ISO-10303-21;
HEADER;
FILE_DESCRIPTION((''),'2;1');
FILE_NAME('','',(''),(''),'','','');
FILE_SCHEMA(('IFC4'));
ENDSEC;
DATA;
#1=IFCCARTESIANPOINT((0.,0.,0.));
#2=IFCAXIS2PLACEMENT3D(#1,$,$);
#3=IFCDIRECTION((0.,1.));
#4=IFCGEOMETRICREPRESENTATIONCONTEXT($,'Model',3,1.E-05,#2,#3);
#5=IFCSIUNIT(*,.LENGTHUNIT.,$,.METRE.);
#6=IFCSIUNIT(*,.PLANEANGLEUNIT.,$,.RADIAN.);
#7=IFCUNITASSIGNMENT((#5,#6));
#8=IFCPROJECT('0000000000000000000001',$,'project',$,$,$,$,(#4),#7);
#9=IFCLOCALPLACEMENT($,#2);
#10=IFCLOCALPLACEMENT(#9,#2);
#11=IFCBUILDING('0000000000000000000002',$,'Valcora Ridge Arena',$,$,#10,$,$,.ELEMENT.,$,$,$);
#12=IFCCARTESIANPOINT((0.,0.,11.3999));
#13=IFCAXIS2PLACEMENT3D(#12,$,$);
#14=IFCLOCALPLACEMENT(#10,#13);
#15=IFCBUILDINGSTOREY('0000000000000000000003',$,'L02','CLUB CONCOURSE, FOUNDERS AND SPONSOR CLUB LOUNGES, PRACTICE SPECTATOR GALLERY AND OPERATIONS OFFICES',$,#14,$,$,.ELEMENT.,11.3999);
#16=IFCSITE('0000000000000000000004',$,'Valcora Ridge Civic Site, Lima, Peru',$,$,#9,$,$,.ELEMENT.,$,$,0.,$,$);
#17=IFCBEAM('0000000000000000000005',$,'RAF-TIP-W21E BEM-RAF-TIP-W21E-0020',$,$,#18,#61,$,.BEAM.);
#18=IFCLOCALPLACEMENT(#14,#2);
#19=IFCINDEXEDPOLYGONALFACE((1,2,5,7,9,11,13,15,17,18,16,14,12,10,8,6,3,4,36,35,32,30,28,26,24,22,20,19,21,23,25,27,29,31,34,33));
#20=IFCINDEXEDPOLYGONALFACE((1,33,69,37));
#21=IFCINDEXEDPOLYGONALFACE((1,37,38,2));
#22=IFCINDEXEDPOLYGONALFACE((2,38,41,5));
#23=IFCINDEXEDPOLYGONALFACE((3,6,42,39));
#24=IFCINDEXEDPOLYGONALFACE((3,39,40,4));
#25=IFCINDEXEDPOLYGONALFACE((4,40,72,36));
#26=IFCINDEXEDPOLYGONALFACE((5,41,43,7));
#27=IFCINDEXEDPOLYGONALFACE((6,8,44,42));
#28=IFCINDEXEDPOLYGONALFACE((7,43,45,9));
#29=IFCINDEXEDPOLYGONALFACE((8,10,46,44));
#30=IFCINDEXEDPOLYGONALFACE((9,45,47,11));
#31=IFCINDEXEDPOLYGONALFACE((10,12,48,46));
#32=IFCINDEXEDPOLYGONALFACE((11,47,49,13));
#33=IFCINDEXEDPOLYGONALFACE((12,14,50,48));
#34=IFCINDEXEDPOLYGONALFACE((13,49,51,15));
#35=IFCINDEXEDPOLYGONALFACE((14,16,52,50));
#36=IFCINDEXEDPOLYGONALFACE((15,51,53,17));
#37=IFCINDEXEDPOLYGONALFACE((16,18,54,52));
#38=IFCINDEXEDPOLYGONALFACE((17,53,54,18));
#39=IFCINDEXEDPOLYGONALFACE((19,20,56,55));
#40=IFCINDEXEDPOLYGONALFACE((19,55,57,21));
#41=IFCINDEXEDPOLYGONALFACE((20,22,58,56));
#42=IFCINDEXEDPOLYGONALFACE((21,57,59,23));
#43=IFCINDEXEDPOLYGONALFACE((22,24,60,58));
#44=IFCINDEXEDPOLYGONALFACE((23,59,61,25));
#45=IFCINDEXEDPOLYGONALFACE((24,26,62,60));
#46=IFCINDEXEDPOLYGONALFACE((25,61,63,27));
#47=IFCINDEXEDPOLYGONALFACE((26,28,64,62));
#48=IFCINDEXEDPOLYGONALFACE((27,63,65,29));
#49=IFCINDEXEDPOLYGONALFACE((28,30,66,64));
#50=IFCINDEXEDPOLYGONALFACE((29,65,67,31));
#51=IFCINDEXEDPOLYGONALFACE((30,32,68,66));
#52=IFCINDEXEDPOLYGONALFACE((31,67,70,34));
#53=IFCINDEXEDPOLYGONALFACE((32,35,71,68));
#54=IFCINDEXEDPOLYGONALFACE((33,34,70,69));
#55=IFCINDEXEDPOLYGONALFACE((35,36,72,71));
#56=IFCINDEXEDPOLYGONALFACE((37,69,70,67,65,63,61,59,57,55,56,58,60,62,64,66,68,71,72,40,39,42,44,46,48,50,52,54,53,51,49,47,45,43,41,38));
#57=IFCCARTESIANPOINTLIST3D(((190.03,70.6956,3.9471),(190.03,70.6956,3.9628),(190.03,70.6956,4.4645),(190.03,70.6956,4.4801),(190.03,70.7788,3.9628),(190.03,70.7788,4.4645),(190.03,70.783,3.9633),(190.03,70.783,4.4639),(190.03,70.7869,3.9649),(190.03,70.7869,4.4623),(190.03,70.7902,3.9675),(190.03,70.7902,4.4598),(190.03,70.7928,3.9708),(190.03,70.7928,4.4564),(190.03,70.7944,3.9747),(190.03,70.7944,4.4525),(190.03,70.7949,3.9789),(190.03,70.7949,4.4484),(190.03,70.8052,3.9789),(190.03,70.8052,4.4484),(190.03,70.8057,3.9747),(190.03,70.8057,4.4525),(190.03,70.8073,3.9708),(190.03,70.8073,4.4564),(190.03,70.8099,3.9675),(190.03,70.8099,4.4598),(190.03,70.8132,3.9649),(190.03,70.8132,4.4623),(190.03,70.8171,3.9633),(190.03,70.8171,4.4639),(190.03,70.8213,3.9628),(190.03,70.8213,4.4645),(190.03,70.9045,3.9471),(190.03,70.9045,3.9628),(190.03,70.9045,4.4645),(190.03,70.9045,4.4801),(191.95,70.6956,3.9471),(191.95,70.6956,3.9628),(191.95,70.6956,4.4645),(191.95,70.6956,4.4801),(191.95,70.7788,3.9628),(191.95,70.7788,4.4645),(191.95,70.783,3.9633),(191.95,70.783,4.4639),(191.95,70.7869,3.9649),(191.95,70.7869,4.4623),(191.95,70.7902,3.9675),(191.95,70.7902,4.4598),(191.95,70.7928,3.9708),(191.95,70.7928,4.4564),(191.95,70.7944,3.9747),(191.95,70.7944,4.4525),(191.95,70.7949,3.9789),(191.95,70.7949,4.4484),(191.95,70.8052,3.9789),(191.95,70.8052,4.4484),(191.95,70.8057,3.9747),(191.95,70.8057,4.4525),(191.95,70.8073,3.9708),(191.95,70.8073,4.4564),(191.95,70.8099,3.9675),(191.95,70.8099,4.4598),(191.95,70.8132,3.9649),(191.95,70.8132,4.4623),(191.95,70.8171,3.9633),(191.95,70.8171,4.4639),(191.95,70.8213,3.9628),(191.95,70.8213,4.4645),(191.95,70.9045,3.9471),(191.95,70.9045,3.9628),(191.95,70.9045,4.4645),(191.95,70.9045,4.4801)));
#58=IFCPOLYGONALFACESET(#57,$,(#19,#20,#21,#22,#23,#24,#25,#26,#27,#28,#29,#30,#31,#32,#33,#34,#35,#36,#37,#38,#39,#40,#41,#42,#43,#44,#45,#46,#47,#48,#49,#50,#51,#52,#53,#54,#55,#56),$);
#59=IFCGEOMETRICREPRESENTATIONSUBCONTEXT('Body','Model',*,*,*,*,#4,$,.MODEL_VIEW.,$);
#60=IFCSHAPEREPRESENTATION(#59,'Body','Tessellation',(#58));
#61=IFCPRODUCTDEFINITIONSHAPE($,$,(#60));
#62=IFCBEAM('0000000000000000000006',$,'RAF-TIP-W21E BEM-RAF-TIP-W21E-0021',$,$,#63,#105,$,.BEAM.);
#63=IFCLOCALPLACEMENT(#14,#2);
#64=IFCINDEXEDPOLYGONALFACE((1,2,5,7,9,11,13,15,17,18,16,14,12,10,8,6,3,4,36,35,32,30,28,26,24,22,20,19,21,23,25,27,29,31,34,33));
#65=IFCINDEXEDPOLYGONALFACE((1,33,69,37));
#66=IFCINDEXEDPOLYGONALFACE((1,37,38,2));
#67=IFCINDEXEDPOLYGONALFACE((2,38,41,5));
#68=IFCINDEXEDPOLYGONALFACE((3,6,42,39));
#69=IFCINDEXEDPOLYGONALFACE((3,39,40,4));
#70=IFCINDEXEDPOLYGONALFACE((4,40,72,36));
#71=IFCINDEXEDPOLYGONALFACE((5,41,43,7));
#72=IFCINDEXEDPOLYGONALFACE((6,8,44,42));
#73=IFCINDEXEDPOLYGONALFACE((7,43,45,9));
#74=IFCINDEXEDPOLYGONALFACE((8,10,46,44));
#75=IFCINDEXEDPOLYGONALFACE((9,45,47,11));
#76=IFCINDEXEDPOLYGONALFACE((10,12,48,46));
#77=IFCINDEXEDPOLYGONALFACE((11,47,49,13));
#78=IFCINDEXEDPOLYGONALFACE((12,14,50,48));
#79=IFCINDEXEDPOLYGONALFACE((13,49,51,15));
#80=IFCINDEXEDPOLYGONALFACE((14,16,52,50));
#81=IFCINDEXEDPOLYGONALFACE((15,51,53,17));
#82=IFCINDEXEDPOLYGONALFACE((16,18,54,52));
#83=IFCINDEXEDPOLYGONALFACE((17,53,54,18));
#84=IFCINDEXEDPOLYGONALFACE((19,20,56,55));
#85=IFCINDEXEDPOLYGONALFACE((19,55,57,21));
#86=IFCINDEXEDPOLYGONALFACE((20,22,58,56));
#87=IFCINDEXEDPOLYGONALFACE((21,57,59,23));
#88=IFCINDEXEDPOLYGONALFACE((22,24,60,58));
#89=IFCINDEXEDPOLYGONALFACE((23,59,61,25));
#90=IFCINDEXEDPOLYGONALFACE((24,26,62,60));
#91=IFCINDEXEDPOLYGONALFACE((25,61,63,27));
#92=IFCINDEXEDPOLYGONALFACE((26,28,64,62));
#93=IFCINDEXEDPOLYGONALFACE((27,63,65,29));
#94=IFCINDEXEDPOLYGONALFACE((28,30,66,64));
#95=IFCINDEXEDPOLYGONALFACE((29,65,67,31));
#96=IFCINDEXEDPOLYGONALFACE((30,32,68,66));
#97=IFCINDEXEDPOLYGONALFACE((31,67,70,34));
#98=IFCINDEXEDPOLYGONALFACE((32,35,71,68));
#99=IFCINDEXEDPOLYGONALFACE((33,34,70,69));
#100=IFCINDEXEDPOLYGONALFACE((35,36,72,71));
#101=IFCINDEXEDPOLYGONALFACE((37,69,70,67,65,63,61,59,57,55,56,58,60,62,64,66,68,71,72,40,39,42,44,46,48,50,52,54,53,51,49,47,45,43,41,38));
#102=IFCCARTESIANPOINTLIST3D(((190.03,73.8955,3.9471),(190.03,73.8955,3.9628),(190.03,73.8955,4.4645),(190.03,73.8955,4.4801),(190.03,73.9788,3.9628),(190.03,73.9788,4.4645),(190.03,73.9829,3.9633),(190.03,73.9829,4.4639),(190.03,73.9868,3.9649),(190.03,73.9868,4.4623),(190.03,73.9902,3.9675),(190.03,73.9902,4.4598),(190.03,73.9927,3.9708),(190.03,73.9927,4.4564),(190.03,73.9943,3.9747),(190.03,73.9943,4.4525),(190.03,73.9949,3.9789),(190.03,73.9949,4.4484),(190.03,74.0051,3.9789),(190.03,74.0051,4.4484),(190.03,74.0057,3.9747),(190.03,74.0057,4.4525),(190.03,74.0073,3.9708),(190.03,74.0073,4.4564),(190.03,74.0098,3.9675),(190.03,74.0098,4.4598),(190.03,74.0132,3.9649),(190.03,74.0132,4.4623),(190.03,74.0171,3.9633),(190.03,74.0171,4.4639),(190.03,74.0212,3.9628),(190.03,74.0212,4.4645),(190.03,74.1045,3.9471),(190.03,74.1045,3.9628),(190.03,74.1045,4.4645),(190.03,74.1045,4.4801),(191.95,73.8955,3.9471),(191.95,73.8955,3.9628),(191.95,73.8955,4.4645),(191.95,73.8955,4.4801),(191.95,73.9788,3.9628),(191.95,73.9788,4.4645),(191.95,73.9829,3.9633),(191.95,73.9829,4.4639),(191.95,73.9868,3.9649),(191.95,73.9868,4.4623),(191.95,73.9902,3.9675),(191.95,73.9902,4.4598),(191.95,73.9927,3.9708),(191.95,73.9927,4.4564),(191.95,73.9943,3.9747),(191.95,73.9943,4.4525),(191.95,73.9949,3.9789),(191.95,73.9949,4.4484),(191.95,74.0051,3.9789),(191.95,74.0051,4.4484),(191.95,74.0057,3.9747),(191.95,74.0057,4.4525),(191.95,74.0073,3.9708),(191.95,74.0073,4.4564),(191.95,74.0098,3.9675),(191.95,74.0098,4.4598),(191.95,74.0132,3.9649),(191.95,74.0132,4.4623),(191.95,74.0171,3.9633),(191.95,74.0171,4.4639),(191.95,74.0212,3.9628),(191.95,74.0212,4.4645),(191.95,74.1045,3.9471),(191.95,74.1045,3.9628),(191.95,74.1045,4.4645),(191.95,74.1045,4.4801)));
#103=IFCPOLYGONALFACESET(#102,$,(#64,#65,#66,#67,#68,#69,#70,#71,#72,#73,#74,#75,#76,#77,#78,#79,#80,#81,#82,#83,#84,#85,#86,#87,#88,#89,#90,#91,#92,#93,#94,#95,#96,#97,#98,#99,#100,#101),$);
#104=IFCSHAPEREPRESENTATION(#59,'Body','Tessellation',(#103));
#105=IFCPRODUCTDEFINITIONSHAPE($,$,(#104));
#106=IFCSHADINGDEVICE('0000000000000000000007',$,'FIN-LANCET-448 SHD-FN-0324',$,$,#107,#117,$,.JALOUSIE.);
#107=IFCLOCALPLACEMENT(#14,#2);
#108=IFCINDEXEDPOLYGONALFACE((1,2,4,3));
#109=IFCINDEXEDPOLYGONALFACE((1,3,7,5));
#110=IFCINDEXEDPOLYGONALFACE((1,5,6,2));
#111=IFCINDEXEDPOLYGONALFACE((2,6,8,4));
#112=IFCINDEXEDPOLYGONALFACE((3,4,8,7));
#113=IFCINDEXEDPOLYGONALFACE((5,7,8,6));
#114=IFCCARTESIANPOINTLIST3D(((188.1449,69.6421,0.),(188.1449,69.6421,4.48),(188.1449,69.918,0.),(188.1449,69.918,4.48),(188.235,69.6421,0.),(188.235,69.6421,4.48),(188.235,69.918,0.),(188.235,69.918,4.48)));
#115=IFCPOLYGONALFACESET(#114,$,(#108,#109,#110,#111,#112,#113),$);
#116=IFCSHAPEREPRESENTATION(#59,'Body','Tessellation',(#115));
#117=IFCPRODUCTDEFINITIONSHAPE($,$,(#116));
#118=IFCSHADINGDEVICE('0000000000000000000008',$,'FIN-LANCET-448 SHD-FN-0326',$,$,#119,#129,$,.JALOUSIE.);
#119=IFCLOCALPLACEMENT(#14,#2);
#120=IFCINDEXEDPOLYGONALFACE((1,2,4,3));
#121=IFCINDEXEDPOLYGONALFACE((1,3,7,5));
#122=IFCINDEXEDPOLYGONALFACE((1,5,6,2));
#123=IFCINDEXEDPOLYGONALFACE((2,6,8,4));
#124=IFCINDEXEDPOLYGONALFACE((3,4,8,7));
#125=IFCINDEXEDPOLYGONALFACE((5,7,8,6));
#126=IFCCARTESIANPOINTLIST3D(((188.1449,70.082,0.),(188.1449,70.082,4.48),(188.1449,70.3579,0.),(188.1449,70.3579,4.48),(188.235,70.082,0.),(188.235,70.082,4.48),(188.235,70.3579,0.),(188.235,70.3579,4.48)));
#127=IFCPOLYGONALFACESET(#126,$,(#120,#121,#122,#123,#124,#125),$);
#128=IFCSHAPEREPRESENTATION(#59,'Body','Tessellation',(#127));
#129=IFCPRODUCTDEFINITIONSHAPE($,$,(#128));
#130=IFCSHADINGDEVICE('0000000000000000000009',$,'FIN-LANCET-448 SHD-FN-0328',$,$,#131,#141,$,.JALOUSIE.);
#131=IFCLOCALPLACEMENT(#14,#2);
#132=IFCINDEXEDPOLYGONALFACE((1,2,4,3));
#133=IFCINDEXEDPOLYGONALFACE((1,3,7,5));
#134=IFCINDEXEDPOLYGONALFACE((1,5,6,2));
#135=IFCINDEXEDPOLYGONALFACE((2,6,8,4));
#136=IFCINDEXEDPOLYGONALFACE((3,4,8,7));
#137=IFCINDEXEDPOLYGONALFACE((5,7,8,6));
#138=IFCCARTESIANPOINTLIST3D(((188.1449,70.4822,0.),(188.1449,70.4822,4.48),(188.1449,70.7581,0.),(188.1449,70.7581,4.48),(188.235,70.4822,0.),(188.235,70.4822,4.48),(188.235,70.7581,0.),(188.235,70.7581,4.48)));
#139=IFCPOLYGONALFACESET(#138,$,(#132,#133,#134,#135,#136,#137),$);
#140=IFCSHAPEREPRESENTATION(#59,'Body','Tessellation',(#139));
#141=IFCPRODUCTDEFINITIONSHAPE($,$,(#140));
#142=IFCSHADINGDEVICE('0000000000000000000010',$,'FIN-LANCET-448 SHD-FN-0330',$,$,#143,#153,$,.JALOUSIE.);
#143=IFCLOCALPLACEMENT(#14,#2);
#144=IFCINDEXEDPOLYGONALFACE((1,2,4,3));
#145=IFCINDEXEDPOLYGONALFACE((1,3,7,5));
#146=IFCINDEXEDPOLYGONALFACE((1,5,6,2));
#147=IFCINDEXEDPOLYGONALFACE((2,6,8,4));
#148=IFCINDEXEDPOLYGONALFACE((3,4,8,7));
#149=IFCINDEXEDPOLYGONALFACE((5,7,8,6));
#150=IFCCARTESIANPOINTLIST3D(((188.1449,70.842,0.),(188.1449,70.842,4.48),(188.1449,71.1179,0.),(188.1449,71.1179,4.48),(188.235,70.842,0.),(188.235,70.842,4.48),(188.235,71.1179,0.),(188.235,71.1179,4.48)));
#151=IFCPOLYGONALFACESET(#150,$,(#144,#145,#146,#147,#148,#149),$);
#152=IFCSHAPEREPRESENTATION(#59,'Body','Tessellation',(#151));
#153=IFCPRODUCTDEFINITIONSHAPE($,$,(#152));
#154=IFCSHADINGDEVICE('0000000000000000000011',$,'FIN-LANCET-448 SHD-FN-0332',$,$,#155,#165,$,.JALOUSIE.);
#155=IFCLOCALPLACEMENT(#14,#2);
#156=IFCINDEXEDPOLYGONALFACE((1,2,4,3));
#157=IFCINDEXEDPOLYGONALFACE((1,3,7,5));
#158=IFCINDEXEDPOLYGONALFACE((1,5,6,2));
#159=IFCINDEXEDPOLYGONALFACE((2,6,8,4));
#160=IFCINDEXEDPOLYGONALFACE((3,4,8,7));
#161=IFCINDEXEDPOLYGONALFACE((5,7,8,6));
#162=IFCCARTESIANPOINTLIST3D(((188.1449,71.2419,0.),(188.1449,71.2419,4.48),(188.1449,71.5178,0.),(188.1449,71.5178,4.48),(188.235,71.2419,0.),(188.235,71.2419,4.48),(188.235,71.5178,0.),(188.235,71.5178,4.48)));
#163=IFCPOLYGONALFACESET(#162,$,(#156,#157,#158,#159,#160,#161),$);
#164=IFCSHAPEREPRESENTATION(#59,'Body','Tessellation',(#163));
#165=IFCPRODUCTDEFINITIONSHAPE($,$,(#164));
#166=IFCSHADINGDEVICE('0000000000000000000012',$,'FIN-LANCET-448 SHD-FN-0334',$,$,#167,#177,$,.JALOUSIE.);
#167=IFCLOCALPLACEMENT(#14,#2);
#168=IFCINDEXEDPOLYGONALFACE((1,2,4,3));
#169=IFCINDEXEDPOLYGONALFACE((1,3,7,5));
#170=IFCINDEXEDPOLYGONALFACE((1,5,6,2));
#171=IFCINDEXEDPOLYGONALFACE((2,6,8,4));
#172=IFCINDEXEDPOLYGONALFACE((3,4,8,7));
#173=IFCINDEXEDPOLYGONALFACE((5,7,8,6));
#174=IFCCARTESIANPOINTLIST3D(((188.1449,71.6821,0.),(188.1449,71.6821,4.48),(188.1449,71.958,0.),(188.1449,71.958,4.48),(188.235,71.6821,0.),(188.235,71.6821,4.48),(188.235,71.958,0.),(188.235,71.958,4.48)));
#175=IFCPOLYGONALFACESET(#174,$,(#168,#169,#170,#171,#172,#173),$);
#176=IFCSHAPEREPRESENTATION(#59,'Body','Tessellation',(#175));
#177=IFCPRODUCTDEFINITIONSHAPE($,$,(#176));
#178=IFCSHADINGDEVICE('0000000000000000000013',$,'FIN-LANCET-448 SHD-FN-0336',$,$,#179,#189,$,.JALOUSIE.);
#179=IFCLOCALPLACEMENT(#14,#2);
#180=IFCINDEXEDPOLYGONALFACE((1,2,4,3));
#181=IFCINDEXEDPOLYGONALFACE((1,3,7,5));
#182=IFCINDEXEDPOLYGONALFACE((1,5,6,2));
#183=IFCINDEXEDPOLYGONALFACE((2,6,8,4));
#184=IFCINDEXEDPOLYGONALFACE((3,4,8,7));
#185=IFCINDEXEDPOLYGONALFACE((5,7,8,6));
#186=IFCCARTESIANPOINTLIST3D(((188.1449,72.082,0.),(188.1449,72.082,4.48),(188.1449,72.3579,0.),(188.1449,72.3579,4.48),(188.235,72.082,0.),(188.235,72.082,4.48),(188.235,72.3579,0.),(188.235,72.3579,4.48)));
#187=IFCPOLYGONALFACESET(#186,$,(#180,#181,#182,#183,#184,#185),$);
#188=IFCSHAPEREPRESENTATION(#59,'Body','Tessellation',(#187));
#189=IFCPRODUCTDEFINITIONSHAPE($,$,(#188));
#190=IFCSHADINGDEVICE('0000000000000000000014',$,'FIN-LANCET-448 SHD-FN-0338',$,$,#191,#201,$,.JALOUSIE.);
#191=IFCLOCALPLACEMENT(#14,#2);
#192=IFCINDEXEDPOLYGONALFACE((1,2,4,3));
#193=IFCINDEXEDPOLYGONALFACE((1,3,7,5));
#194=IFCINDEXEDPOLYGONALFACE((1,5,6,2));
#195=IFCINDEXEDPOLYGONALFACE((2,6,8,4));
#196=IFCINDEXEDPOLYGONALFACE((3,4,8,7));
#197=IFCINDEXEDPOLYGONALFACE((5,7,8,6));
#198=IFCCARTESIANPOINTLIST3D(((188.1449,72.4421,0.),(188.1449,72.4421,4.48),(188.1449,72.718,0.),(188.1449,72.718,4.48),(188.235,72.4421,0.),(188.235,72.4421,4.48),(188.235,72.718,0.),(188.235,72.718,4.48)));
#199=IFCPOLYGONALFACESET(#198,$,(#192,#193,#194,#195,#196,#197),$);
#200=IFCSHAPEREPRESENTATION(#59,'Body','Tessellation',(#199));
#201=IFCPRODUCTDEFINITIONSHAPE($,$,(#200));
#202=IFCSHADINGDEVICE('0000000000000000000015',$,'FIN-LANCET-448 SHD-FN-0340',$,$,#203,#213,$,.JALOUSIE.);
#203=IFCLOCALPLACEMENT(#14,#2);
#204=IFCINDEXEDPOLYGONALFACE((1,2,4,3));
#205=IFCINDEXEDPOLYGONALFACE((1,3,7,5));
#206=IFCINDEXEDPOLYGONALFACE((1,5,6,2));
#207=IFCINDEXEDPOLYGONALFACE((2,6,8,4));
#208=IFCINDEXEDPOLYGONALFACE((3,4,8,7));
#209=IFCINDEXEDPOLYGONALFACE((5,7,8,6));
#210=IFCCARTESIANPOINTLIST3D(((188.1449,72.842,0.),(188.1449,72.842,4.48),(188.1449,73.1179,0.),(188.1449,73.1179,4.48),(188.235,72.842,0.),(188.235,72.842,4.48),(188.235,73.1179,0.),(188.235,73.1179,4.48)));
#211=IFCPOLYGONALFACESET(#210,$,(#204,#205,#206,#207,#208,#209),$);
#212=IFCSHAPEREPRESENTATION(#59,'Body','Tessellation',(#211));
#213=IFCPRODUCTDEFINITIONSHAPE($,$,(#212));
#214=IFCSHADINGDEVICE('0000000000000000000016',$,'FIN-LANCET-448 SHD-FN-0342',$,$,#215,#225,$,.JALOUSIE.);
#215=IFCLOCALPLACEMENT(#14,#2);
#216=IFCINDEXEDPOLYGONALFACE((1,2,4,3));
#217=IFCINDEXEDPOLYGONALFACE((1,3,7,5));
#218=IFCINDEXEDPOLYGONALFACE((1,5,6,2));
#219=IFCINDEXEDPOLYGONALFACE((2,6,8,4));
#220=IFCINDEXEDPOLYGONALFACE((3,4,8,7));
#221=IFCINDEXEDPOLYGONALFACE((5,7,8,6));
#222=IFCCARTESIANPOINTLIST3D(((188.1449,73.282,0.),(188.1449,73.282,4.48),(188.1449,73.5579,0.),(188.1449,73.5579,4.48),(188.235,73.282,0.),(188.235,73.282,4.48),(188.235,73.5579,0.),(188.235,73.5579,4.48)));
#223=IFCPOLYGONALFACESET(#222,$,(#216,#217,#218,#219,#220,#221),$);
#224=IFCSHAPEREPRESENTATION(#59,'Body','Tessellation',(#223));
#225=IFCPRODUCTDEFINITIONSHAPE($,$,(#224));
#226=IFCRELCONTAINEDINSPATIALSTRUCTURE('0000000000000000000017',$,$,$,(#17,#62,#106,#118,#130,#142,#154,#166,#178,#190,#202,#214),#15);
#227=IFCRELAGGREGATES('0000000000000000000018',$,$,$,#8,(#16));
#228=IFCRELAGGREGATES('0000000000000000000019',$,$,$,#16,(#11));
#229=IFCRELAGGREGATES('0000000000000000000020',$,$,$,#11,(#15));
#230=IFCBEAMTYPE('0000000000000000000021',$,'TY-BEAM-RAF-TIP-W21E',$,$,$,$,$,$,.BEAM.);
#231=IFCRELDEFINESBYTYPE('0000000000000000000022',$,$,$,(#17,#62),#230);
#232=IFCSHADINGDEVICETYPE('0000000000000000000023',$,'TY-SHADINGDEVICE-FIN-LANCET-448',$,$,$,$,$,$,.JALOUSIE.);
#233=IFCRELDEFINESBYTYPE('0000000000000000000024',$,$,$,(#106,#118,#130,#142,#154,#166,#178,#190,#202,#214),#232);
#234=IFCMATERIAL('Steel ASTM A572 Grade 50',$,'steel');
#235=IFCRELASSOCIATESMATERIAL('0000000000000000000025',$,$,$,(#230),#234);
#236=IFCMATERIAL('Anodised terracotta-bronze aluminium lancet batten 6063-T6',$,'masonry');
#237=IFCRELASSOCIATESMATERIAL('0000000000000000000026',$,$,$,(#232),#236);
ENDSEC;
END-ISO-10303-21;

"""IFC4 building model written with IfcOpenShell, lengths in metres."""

from ifc_helpers import new_model, si_unit, direction, frame, origin, origin_2d, place, context, subcontext, project, spatial, rectangle, i_section, extrude, material, material_profile, profile_set, type_object, element, save


model = new_model("IFC4")

# Units and contexts
model_context = context("Model", 3, precision=1e-05, world=origin(), true_north=direction((0.0, 1.0)))
body_context = subcontext(model_context, "Body", "Model", "MODEL_VIEW")
ifc_project = project(units=[si_unit("LENGTHUNIT", "METRE"), si_unit("PLANEANGLEUNIT", "RADIAN")], contexts=[model_context])

# Site, building, storey
site_placement = place(None, origin())
site = spatial("IfcSite", under=ifc_project, at=site_placement, Name="Valcora Ridge Civic Site, Lima, Peru", CompositionType="ELEMENT", RefElevation=0.0)
building_placement = place(site_placement, origin())
building = spatial("IfcBuilding", under=site, at=building_placement, Name="Valcora Ridge Arena", CompositionType="ELEMENT")
storey_placement = place(building_placement, frame((0.0, 0.0, 11.3999)))
storey = spatial("IfcBuildingStorey", under=building, at=storey_placement, Name="L02", Description="CLUB CONCOURSE, FOUNDERS AND SPONSOR CLUB LOUNGES, PRACTICE SPECTATOR GALLERY AND OPERATIONS OFFICES", CompositionType="ELEMENT", Elevation=11.3999)

# Beams
ifc_material_1 = material(Name="Steel ASTM A572 Grade 50", Category="steel")
ifc_material_profile_1 = material_profile(ifc_material_1, i_section(OverallWidth=0.209, OverallDepth=0.533, WebThickness=0.0103, FlangeThickness=0.0156, FilletRadius=0.0161, at=origin_2d()), Name="W21X62")
ifc_profile_set_1 = profile_set([ifc_material_profile_1], Name="Steel ASTM A572 Grade 50")
beam_type = type_object("IfcBeamType", Name="TY-BEAM-RAF-TIP-W21E", PredefinedType="BEAM", material=ifc_profile_set_1)
for number, where, z_axis, x_axis, name in (
    (1, (190.03, 70.8, 4.2136), (1.0, 0.0, 0.0), (0.0, 1.0, 0.0), "RAF-TIP-W21E BEM-RAF-TIP-W21E-0020"),
    (2, (190.03, 74.0, 4.2136), (1.0, 0.0, 0.0), (0.0, 1.0, 0.0), "RAF-TIP-W21E BEM-RAF-TIP-W21E-0021"),
):
    element("IfcBeam", number, at=place(storey_placement, frame(where, z_axis=z_axis, x_axis=x_axis)), inside=storey, type_object=beam_type, Name=name, PredefinedType="BEAM", context=body_context, shape_type="SweptSolid", body=[
        extrude(i_section(OverallWidth=0.209, OverallDepth=0.533, WebThickness=0.0103, FlangeThickness=0.0156, FilletRadius=0.0161, at=origin_2d()), origin(), (0.0, 0.0, 1.0), 1.9199),
    ])

# Shading devices
ifc_material_2 = material(Name="Anodised terracotta-bronze aluminium lancet batten 6063-T6", Category="masonry")
ifc_material_profile_2 = material_profile(ifc_material_2, rectangle(XDim=0.0901, YDim=0.2759, at=origin_2d()), Name="ALU LANCET BATTEN 90x276")
ifc_profile_set_2 = profile_set([ifc_material_profile_2], Name="Anodised terracotta-bronze aluminium lancet batten 6063-T6")
shading_device_type = type_object("IfcShadingDeviceType", Name="TY-SHADINGDEVICE-FIN-LANCET-448", PredefinedType="JALOUSIE", material=ifc_profile_set_2)
for number, where, z_axis, x_axis, name in (
    (3, (188.1899, 69.78, 0.0), (0.0, 0.0, 1.0), (1.0, 0.0, 0.0), "FIN-LANCET-448 SHD-FN-0324"),
    (4, (188.1899, 70.22, 0.0), (0.0, 0.0, 1.0), (1.0, 0.0, 0.0), "FIN-LANCET-448 SHD-FN-0326"),
    (5, (188.1899, 70.6201, 0.0), (0.0, 0.0, 1.0), (1.0, 0.0, 0.0), "FIN-LANCET-448 SHD-FN-0328"),
    (6, (188.1899, 70.98, 0.0), (0.0, 0.0, 1.0), (1.0, 0.0, 0.0), "FIN-LANCET-448 SHD-FN-0330"),
    (7, (188.1899, 71.3799, 0.0), (0.0, 0.0, 1.0), (1.0, 0.0, 0.0), "FIN-LANCET-448 SHD-FN-0332"),
    (8, (188.1899, 71.8201, 0.0), (0.0, 0.0, 1.0), (1.0, 0.0, 0.0), "FIN-LANCET-448 SHD-FN-0334"),
    (9, (188.1899, 72.22, 0.0), (0.0, 0.0, 1.0), (1.0, 0.0, 0.0), "FIN-LANCET-448 SHD-FN-0336"),
    (10, (188.1899, 72.5801, 0.0), (0.0, 0.0, 1.0), (1.0, 0.0, 0.0), "FIN-LANCET-448 SHD-FN-0338"),
    (11, (188.1899, 72.98, 0.0), (0.0, 0.0, 1.0), (1.0, 0.0, 0.0), "FIN-LANCET-448 SHD-FN-0340"),
    (12, (188.1899, 73.4199, 0.0), (0.0, 0.0, 1.0), (1.0, 0.0, 0.0), "FIN-LANCET-448 SHD-FN-0342"),
):
    element("IfcShadingDevice", number, at=place(storey_placement, frame(where, z_axis=z_axis, x_axis=x_axis)), inside=storey, type_object=shading_device_type, Name=name, PredefinedType="JALOUSIE", context=body_context, shape_type="SweptSolid", body=[
        extrude(rectangle(XDim=0.0901, YDim=0.2759, at=origin_2d()), origin(), (0.0, 0.0, 1.0), 4.48),
    ])

save(model, "model.ifc")
